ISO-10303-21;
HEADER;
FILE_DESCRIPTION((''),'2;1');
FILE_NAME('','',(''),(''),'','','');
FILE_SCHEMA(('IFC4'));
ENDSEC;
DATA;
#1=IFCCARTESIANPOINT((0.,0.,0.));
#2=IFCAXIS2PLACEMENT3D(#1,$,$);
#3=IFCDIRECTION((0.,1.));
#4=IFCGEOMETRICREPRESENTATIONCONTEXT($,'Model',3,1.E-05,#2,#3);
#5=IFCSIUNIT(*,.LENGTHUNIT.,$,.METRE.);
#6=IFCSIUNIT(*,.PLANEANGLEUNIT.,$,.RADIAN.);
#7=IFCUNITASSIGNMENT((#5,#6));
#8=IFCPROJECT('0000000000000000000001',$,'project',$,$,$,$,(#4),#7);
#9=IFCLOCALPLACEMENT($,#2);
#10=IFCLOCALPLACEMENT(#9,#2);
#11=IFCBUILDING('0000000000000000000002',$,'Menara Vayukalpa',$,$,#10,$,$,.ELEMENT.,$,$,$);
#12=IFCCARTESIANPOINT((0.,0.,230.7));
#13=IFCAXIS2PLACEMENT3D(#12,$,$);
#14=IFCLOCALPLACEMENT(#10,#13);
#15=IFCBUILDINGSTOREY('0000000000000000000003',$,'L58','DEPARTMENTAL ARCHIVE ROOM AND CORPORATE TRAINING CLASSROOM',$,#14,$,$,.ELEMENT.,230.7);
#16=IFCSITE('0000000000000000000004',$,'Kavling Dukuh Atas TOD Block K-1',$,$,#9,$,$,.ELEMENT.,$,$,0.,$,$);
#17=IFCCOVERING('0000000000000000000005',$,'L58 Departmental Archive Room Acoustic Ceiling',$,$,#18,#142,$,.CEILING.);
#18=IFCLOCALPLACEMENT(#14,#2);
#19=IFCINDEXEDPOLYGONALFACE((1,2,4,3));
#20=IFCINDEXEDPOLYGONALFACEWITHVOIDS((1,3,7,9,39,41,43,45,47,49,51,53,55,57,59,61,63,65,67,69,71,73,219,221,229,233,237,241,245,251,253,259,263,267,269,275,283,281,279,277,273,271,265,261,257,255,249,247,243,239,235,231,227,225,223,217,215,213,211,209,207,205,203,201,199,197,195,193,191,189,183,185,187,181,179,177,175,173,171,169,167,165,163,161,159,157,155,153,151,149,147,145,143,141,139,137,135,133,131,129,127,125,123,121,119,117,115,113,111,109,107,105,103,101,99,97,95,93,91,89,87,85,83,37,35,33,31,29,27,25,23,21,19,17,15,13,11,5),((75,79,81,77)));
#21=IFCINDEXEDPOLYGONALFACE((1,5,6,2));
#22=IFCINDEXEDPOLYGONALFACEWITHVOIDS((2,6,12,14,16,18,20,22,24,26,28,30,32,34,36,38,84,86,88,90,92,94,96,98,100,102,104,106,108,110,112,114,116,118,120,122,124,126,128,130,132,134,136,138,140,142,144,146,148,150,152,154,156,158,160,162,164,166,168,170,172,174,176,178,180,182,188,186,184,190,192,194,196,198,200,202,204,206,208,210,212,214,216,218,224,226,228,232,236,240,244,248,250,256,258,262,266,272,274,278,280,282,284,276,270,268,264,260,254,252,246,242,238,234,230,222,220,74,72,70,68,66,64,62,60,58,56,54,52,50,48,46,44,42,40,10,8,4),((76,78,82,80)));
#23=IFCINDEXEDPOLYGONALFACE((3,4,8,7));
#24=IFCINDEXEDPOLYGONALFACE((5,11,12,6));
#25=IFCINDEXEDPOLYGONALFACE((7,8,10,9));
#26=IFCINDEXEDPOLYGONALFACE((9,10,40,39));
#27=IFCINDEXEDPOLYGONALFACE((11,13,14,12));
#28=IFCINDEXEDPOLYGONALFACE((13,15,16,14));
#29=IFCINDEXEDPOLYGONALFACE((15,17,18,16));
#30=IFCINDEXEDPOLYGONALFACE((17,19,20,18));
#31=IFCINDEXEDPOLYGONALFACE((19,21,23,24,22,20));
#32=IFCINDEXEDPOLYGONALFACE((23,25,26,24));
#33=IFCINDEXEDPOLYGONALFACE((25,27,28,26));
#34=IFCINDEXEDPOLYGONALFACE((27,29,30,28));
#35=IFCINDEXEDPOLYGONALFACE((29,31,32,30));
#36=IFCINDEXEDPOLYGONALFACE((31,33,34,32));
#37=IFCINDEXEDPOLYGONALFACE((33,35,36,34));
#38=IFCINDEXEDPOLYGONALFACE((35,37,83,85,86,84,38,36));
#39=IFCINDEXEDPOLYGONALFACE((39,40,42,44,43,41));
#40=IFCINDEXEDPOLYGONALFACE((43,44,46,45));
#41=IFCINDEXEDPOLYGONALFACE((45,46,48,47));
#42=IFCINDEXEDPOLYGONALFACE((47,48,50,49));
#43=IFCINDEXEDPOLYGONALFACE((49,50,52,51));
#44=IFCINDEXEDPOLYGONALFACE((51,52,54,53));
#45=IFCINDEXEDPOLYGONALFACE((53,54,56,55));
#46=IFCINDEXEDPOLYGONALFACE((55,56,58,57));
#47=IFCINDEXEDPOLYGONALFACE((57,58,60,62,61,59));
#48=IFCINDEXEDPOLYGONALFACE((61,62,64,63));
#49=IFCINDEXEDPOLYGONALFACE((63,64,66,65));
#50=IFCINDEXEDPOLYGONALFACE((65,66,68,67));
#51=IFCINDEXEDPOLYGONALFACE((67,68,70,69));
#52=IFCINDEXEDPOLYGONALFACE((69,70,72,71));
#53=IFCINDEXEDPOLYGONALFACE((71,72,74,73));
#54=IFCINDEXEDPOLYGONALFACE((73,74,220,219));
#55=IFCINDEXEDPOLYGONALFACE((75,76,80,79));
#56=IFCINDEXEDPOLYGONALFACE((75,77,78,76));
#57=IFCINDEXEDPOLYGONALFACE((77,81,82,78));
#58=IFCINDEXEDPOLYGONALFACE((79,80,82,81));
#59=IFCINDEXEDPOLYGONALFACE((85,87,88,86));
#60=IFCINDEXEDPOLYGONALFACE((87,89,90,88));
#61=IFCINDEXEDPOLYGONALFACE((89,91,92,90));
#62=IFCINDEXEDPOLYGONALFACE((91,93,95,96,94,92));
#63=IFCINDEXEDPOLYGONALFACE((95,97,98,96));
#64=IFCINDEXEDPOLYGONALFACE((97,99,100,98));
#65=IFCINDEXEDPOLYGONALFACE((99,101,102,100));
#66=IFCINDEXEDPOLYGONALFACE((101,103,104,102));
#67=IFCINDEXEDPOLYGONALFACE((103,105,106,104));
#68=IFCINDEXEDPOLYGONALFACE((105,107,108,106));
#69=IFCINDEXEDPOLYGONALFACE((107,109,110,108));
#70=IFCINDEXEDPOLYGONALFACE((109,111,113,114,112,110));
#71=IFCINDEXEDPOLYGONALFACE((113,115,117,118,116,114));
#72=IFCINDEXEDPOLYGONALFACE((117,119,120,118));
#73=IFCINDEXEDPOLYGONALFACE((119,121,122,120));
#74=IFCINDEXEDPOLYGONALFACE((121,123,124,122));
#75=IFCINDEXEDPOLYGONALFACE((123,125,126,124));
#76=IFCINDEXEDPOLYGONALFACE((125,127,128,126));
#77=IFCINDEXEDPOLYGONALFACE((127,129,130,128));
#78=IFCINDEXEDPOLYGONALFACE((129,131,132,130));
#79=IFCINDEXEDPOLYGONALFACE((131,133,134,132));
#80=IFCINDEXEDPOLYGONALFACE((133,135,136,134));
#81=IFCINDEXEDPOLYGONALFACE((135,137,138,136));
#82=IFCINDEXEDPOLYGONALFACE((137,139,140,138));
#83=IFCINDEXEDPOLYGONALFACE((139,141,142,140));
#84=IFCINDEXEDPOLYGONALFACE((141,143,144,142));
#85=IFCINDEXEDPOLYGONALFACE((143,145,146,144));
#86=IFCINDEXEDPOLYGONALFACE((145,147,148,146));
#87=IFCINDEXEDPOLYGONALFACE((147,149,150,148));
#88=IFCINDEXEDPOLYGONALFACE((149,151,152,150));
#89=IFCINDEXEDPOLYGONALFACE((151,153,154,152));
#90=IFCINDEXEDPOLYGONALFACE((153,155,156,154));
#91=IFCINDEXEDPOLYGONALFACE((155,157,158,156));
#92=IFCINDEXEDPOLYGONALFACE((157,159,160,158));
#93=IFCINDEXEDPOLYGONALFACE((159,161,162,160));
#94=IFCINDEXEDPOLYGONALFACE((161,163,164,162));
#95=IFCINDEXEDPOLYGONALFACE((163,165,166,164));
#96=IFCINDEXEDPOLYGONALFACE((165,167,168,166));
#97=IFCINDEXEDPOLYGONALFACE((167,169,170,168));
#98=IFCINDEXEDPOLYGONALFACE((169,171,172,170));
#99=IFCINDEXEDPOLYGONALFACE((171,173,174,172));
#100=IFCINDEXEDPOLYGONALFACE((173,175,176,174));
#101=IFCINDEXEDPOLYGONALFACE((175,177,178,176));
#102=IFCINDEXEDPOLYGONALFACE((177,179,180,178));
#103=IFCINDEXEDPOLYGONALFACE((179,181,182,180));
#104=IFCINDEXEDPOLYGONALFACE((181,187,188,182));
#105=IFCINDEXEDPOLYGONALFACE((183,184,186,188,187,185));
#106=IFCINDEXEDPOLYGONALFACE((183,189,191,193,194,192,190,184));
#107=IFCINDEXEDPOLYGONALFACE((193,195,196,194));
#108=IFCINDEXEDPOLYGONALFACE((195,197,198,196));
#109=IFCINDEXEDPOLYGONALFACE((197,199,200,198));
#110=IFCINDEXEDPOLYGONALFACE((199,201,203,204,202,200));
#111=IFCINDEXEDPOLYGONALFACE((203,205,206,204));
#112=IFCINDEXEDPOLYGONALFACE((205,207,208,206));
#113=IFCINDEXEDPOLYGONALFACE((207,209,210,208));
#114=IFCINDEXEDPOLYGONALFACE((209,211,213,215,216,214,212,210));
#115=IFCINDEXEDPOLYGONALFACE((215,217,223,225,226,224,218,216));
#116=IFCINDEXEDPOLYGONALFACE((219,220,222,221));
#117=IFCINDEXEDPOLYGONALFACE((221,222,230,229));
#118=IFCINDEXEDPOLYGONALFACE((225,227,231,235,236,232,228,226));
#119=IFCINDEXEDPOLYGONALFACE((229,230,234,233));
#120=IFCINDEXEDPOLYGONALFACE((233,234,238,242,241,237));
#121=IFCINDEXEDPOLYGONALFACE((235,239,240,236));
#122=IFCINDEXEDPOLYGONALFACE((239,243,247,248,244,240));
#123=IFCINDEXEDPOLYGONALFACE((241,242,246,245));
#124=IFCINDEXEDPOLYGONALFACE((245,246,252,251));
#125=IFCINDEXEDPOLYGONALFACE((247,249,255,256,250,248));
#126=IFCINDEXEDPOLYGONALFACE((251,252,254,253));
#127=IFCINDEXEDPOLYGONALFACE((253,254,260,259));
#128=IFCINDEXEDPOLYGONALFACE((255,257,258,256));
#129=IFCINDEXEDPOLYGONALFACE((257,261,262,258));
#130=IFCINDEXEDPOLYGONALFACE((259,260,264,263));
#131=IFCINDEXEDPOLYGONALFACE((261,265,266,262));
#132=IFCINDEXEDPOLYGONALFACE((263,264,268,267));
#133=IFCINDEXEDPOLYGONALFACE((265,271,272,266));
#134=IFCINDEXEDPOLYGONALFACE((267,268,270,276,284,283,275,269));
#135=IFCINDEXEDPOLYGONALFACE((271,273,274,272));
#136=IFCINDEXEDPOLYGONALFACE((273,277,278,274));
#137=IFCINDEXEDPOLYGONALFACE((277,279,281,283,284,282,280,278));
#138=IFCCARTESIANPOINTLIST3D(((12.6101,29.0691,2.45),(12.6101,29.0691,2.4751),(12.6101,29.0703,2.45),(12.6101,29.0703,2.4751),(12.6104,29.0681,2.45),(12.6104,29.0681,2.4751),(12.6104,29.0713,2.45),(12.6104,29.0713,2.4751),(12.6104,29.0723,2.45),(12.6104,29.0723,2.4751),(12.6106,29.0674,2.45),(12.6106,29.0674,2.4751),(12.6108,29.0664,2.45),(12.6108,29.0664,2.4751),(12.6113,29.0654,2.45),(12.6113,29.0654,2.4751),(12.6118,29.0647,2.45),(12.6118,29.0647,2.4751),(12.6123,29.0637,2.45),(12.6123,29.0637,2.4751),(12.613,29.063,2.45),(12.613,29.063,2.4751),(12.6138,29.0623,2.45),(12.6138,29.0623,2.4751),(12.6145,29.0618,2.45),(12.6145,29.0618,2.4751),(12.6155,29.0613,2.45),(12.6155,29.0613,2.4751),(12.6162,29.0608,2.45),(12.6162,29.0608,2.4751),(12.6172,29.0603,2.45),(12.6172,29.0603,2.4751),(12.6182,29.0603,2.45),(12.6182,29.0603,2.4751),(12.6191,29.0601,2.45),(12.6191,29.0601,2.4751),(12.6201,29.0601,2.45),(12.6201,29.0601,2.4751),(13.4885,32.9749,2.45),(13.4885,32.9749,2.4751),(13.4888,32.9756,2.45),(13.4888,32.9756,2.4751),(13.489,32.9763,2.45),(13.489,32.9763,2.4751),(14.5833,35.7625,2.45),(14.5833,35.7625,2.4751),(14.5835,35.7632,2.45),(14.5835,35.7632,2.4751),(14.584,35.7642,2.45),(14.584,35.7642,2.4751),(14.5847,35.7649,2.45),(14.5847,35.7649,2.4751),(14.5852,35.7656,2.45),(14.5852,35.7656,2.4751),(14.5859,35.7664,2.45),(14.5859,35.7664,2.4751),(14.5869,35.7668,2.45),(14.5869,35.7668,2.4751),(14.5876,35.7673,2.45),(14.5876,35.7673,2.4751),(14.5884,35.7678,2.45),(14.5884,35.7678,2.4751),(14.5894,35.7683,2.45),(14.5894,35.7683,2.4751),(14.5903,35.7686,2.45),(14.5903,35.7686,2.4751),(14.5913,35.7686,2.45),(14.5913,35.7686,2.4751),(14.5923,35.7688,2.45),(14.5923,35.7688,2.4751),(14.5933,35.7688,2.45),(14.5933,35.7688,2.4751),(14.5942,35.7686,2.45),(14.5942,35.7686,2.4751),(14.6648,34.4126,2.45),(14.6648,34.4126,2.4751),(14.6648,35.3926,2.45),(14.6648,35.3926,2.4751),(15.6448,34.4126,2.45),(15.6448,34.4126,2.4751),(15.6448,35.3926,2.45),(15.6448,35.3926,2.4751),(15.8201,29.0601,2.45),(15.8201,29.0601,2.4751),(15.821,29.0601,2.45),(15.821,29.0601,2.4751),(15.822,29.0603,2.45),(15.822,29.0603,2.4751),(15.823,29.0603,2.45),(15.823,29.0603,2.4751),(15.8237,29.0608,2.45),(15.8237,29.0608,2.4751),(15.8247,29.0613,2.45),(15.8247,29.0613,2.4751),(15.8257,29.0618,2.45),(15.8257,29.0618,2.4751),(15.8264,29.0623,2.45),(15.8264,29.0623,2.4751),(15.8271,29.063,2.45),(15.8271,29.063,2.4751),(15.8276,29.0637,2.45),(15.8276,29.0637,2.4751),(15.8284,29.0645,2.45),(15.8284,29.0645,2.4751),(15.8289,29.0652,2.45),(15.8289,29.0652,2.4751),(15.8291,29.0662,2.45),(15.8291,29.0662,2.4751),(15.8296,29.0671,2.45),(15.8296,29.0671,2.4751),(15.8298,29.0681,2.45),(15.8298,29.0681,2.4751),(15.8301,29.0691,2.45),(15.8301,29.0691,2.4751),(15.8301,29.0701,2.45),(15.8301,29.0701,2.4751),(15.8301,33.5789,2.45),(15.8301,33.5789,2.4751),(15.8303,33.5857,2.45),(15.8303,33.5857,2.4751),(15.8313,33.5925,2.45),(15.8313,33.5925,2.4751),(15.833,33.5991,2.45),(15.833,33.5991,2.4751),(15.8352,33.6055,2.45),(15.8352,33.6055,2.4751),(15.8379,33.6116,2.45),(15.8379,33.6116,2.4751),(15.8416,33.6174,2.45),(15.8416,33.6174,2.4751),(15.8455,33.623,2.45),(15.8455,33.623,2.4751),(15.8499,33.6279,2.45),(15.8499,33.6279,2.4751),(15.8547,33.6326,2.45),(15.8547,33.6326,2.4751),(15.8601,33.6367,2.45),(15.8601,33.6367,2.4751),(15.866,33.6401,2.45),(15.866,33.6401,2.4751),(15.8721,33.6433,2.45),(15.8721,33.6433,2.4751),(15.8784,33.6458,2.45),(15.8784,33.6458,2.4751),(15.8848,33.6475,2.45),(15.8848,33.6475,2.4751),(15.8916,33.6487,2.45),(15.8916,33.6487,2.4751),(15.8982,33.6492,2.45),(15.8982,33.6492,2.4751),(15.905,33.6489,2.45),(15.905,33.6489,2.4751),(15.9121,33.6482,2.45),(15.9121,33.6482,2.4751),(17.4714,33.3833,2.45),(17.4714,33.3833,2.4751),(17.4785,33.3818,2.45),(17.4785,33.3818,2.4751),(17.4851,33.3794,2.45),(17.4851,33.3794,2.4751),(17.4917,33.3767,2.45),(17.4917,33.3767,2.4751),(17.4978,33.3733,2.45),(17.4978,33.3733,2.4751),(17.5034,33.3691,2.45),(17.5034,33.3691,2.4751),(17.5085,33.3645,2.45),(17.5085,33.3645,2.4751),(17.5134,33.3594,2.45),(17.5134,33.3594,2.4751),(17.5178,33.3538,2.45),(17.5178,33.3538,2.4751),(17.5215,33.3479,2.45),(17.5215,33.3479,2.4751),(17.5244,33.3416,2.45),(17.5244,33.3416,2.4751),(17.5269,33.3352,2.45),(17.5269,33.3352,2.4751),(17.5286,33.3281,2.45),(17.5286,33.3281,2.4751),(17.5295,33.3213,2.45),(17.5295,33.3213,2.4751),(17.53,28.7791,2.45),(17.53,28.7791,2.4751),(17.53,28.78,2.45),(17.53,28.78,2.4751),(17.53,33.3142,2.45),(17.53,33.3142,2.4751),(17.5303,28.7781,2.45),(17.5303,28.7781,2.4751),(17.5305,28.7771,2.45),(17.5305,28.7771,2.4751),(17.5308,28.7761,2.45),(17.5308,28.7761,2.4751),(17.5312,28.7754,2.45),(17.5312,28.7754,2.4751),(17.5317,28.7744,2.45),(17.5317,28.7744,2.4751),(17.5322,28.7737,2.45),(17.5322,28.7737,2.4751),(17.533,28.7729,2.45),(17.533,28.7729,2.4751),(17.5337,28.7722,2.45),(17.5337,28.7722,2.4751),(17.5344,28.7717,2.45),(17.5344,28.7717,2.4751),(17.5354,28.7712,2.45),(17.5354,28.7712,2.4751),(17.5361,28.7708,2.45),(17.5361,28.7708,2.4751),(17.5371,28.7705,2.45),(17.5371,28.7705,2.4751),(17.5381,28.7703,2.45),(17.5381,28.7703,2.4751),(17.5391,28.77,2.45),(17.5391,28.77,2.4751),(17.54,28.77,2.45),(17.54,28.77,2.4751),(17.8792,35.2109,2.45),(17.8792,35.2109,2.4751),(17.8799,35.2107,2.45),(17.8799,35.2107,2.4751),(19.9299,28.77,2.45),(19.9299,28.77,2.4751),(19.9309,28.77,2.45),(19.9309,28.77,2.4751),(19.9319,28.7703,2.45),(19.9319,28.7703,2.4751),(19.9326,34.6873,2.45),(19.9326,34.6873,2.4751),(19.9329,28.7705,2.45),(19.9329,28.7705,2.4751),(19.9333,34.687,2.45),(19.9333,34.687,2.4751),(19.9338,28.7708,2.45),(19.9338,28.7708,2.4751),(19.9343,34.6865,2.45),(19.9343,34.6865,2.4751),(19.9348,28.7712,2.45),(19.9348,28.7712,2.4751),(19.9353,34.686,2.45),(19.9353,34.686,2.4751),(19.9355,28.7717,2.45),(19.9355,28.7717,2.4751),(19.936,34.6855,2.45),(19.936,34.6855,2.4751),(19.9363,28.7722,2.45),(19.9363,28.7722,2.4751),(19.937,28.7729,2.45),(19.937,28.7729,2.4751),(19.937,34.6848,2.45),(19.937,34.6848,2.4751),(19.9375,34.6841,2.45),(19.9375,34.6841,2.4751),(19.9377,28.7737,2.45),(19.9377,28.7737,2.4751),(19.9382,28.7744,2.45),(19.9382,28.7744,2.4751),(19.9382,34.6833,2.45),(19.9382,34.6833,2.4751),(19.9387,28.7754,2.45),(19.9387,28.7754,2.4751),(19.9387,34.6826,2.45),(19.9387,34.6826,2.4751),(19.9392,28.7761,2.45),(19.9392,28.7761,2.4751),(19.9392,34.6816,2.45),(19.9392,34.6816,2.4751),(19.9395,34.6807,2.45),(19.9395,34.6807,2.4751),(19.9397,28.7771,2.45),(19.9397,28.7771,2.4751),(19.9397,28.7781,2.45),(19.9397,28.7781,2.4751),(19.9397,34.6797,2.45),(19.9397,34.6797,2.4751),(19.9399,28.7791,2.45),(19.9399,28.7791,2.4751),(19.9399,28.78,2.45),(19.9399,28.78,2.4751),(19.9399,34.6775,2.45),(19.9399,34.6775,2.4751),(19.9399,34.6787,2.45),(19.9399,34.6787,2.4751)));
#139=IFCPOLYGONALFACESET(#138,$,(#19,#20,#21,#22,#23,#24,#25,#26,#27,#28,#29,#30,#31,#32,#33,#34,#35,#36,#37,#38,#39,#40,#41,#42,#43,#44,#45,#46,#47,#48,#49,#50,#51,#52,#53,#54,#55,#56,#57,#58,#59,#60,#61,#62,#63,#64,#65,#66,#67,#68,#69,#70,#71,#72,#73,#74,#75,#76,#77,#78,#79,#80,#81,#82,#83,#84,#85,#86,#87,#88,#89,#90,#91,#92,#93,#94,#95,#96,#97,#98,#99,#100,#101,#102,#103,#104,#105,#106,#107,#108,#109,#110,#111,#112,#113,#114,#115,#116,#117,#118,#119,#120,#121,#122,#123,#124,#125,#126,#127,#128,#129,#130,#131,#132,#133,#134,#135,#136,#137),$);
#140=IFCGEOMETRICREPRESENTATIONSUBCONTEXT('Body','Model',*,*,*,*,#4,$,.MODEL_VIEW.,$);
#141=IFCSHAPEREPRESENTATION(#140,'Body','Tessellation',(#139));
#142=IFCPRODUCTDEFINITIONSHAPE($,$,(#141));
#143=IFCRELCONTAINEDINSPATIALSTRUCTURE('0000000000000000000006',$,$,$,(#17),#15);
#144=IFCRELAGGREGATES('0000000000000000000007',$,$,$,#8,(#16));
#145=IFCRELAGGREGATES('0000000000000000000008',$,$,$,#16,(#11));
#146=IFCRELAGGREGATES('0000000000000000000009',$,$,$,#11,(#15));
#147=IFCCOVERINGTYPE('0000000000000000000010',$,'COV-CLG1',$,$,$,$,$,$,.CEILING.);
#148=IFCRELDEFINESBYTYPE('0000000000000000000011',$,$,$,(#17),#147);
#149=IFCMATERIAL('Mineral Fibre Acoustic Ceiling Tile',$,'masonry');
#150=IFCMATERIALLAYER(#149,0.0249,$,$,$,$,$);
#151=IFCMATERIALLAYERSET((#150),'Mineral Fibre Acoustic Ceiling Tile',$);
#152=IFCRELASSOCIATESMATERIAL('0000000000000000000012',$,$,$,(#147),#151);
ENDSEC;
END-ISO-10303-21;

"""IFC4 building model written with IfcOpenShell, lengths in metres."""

from ifc_helpers import new_model, si_unit, direction, frame, origin, place, context, subcontext, project, spatial, polyline, outline, extrude, material, layer, layer_set, type_object, element, save


model = new_model("IFC4")

# Units and contexts
model_context = context("Model", 3, precision=1e-05, world=origin(), true_north=direction((0.0, 1.0)))
body_context = subcontext(model_context, "Body", "Model", "MODEL_VIEW")
ifc_project = project(units=[si_unit("LENGTHUNIT", "METRE"), si_unit("PLANEANGLEUNIT", "RADIAN")], contexts=[model_context])

# Site, building, storey
site_placement = place(None, origin())
site = spatial("IfcSite", under=ifc_project, at=site_placement, Name="Kavling Dukuh Atas TOD Block K-1", CompositionType="ELEMENT", RefElevation=0.0)
building_placement = place(site_placement, origin())
building = spatial("IfcBuilding", under=site, at=building_placement, Name="Menara Vayukalpa", CompositionType="ELEMENT")
storey_placement = place(building_placement, frame((0.0, 0.0, 230.7)))
storey = spatial("IfcBuildingStorey", under=building, at=storey_placement, Name="L58", Description="DEPARTMENTAL ARCHIVE ROOM AND CORPORATE TRAINING CLASSROOM", CompositionType="ELEMENT", Elevation=230.7)

# Covering
ifc_material_1 = material(Name="Mineral Fibre Acoustic Ceiling Tile", Category="masonry")
ifc_layer_1 = layer(ifc_material_1, 0.0249)
ifc_layer_set_1 = layer_set([ifc_layer_1], Name="Mineral Fibre Acoustic Ceiling Tile")
covering_type_1 = type_object("IfcCoveringType", Name="COV-CLG1", PredefinedType="CEILING", material=ifc_layer_set_1)
covering_1_placement = place(storey_placement, frame((0.0, 0.0, 2.45)))
element("IfcCovering", 1, at=covering_1_placement, inside=storey, type_object=covering_type_1, Name="L58 Departmental Archive Room Acoustic Ceiling", PredefinedType="CEILING", context=body_context, shape_type="SweptSolid", body=[
    extrude(outline(polyline([(13.489, 32.9763), (14.5833, 35.7625), (14.5835, 35.7632), (14.584, 35.7642), (14.5847, 35.7649), (14.5852, 35.7656), (14.5859, 35.7664), (14.5869, 35.7668), (14.5876, 35.7673), (14.5884, 35.7678), (14.5894, 35.7683), (14.5903, 35.7686), (14.5913, 35.7686), (14.5923, 35.7688), (14.5933, 35.7688), (14.5942, 35.7686), (17.8792, 35.2109), (17.8799, 35.2107), (19.9326, 34.6873), (19.9333, 34.687), (19.9343, 34.6865), (19.9353, 34.686), (19.936, 34.6855), (19.937, 34.6848), (19.9375, 34.6841), (19.9382, 34.6833), (19.9387, 34.6826), (19.9392, 34.6816), (19.9395, 34.6807), (19.9397, 34.6797), (19.9399, 34.6787), (19.9399, 34.6775), (19.9399, 28.78), (19.9399, 28.7791), (19.9397, 28.7781), (19.9397, 28.7771), (19.9392, 28.7761), (19.9387, 28.7754), (19.9382, 28.7744), (19.9377, 28.7737), (19.937, 28.7729), (19.9363, 28.7722), (19.9355, 28.7717), (19.9348, 28.7712), (19.9338, 28.7708), (19.9329, 28.7705), (19.9319, 28.7703), (19.9309, 28.77), (19.9299, 28.77), (17.54, 28.77), (17.5391, 28.77), (17.5381, 28.7703), (17.5371, 28.7705), (17.5361, 28.7708), (17.5354, 28.7712), (17.5344, 28.7717), (17.5337, 28.7722), (17.533, 28.7729), (17.5322, 28.7737), (17.5317, 28.7744), (17.5312, 28.7754), (17.5308, 28.7761), (17.5305, 28.7771), (17.5303, 28.7781), (17.53, 28.7791), (17.53, 28.78), (17.53, 33.3142), (17.5295, 33.3213), (17.5286, 33.3281), (17.5269, 33.3352), (17.5244, 33.3416), (17.5215, 33.3479), (17.5178, 33.3538), (17.5134, 33.3594), (17.5085, 33.3645), (17.5034, 33.3691), (17.4978, 33.3733), (17.4917, 33.3767), (17.4851, 33.3794), (17.4785, 33.3818), (17.4714, 33.3833), (15.9121, 33.6482), (15.905, 33.6489), (15.8982, 33.6492), (15.8916, 33.6487), (15.8848, 33.6475), (15.8784, 33.6458), (15.8721, 33.6433), (15.866, 33.6401), (15.8601, 33.6367), (15.8547, 33.6326), (15.8499, 33.6279), (15.8455, 33.623), (15.8416, 33.6174), (15.8379, 33.6116), (15.8352, 33.6055), (15.833, 33.5991), (15.8313, 33.5925), (15.8303, 33.5857), (15.8301, 33.5789), (15.8301, 29.0701), (15.8301, 29.0691), (15.8298, 29.0681), (15.8296, 29.0671), (15.8291, 29.0662), (15.8289, 29.0652), (15.8284, 29.0645), (15.8276, 29.0637), (15.8271, 29.063), (15.8264, 29.0623), (15.8257, 29.0618), (15.8247, 29.0613), (15.8237, 29.0608), (15.823, 29.0603), (15.822, 29.0603), (15.821, 29.0601), (15.8201, 29.0601), (12.6201, 29.0601), (12.6191, 29.0601), (12.6182, 29.0603), (12.6172, 29.0603), (12.6162, 29.0608), (12.6155, 29.0613), (12.6145, 29.0618), (12.6138, 29.0623), (12.613, 29.063), (12.6123, 29.0637), (12.6118, 29.0647), (12.6113, 29.0654), (12.6108, 29.0664), (12.6106, 29.0674), (12.6104, 29.0681), (12.6101, 29.0691), (12.6101, 29.0703), (12.6104, 29.0713), (12.6104, 29.0723), (13.4885, 32.9749), (13.4888, 32.9756), (13.489, 32.9763)]), holes=[polyline([(15.6448, 35.3926), (14.6648, 35.3926), (14.6648, 34.4126), (15.6448, 34.4126), (15.6448, 35.3926)])]), origin(), (0.0, 0.0, 1.0), 0.0251),
])

save(model, "model.ifc")
